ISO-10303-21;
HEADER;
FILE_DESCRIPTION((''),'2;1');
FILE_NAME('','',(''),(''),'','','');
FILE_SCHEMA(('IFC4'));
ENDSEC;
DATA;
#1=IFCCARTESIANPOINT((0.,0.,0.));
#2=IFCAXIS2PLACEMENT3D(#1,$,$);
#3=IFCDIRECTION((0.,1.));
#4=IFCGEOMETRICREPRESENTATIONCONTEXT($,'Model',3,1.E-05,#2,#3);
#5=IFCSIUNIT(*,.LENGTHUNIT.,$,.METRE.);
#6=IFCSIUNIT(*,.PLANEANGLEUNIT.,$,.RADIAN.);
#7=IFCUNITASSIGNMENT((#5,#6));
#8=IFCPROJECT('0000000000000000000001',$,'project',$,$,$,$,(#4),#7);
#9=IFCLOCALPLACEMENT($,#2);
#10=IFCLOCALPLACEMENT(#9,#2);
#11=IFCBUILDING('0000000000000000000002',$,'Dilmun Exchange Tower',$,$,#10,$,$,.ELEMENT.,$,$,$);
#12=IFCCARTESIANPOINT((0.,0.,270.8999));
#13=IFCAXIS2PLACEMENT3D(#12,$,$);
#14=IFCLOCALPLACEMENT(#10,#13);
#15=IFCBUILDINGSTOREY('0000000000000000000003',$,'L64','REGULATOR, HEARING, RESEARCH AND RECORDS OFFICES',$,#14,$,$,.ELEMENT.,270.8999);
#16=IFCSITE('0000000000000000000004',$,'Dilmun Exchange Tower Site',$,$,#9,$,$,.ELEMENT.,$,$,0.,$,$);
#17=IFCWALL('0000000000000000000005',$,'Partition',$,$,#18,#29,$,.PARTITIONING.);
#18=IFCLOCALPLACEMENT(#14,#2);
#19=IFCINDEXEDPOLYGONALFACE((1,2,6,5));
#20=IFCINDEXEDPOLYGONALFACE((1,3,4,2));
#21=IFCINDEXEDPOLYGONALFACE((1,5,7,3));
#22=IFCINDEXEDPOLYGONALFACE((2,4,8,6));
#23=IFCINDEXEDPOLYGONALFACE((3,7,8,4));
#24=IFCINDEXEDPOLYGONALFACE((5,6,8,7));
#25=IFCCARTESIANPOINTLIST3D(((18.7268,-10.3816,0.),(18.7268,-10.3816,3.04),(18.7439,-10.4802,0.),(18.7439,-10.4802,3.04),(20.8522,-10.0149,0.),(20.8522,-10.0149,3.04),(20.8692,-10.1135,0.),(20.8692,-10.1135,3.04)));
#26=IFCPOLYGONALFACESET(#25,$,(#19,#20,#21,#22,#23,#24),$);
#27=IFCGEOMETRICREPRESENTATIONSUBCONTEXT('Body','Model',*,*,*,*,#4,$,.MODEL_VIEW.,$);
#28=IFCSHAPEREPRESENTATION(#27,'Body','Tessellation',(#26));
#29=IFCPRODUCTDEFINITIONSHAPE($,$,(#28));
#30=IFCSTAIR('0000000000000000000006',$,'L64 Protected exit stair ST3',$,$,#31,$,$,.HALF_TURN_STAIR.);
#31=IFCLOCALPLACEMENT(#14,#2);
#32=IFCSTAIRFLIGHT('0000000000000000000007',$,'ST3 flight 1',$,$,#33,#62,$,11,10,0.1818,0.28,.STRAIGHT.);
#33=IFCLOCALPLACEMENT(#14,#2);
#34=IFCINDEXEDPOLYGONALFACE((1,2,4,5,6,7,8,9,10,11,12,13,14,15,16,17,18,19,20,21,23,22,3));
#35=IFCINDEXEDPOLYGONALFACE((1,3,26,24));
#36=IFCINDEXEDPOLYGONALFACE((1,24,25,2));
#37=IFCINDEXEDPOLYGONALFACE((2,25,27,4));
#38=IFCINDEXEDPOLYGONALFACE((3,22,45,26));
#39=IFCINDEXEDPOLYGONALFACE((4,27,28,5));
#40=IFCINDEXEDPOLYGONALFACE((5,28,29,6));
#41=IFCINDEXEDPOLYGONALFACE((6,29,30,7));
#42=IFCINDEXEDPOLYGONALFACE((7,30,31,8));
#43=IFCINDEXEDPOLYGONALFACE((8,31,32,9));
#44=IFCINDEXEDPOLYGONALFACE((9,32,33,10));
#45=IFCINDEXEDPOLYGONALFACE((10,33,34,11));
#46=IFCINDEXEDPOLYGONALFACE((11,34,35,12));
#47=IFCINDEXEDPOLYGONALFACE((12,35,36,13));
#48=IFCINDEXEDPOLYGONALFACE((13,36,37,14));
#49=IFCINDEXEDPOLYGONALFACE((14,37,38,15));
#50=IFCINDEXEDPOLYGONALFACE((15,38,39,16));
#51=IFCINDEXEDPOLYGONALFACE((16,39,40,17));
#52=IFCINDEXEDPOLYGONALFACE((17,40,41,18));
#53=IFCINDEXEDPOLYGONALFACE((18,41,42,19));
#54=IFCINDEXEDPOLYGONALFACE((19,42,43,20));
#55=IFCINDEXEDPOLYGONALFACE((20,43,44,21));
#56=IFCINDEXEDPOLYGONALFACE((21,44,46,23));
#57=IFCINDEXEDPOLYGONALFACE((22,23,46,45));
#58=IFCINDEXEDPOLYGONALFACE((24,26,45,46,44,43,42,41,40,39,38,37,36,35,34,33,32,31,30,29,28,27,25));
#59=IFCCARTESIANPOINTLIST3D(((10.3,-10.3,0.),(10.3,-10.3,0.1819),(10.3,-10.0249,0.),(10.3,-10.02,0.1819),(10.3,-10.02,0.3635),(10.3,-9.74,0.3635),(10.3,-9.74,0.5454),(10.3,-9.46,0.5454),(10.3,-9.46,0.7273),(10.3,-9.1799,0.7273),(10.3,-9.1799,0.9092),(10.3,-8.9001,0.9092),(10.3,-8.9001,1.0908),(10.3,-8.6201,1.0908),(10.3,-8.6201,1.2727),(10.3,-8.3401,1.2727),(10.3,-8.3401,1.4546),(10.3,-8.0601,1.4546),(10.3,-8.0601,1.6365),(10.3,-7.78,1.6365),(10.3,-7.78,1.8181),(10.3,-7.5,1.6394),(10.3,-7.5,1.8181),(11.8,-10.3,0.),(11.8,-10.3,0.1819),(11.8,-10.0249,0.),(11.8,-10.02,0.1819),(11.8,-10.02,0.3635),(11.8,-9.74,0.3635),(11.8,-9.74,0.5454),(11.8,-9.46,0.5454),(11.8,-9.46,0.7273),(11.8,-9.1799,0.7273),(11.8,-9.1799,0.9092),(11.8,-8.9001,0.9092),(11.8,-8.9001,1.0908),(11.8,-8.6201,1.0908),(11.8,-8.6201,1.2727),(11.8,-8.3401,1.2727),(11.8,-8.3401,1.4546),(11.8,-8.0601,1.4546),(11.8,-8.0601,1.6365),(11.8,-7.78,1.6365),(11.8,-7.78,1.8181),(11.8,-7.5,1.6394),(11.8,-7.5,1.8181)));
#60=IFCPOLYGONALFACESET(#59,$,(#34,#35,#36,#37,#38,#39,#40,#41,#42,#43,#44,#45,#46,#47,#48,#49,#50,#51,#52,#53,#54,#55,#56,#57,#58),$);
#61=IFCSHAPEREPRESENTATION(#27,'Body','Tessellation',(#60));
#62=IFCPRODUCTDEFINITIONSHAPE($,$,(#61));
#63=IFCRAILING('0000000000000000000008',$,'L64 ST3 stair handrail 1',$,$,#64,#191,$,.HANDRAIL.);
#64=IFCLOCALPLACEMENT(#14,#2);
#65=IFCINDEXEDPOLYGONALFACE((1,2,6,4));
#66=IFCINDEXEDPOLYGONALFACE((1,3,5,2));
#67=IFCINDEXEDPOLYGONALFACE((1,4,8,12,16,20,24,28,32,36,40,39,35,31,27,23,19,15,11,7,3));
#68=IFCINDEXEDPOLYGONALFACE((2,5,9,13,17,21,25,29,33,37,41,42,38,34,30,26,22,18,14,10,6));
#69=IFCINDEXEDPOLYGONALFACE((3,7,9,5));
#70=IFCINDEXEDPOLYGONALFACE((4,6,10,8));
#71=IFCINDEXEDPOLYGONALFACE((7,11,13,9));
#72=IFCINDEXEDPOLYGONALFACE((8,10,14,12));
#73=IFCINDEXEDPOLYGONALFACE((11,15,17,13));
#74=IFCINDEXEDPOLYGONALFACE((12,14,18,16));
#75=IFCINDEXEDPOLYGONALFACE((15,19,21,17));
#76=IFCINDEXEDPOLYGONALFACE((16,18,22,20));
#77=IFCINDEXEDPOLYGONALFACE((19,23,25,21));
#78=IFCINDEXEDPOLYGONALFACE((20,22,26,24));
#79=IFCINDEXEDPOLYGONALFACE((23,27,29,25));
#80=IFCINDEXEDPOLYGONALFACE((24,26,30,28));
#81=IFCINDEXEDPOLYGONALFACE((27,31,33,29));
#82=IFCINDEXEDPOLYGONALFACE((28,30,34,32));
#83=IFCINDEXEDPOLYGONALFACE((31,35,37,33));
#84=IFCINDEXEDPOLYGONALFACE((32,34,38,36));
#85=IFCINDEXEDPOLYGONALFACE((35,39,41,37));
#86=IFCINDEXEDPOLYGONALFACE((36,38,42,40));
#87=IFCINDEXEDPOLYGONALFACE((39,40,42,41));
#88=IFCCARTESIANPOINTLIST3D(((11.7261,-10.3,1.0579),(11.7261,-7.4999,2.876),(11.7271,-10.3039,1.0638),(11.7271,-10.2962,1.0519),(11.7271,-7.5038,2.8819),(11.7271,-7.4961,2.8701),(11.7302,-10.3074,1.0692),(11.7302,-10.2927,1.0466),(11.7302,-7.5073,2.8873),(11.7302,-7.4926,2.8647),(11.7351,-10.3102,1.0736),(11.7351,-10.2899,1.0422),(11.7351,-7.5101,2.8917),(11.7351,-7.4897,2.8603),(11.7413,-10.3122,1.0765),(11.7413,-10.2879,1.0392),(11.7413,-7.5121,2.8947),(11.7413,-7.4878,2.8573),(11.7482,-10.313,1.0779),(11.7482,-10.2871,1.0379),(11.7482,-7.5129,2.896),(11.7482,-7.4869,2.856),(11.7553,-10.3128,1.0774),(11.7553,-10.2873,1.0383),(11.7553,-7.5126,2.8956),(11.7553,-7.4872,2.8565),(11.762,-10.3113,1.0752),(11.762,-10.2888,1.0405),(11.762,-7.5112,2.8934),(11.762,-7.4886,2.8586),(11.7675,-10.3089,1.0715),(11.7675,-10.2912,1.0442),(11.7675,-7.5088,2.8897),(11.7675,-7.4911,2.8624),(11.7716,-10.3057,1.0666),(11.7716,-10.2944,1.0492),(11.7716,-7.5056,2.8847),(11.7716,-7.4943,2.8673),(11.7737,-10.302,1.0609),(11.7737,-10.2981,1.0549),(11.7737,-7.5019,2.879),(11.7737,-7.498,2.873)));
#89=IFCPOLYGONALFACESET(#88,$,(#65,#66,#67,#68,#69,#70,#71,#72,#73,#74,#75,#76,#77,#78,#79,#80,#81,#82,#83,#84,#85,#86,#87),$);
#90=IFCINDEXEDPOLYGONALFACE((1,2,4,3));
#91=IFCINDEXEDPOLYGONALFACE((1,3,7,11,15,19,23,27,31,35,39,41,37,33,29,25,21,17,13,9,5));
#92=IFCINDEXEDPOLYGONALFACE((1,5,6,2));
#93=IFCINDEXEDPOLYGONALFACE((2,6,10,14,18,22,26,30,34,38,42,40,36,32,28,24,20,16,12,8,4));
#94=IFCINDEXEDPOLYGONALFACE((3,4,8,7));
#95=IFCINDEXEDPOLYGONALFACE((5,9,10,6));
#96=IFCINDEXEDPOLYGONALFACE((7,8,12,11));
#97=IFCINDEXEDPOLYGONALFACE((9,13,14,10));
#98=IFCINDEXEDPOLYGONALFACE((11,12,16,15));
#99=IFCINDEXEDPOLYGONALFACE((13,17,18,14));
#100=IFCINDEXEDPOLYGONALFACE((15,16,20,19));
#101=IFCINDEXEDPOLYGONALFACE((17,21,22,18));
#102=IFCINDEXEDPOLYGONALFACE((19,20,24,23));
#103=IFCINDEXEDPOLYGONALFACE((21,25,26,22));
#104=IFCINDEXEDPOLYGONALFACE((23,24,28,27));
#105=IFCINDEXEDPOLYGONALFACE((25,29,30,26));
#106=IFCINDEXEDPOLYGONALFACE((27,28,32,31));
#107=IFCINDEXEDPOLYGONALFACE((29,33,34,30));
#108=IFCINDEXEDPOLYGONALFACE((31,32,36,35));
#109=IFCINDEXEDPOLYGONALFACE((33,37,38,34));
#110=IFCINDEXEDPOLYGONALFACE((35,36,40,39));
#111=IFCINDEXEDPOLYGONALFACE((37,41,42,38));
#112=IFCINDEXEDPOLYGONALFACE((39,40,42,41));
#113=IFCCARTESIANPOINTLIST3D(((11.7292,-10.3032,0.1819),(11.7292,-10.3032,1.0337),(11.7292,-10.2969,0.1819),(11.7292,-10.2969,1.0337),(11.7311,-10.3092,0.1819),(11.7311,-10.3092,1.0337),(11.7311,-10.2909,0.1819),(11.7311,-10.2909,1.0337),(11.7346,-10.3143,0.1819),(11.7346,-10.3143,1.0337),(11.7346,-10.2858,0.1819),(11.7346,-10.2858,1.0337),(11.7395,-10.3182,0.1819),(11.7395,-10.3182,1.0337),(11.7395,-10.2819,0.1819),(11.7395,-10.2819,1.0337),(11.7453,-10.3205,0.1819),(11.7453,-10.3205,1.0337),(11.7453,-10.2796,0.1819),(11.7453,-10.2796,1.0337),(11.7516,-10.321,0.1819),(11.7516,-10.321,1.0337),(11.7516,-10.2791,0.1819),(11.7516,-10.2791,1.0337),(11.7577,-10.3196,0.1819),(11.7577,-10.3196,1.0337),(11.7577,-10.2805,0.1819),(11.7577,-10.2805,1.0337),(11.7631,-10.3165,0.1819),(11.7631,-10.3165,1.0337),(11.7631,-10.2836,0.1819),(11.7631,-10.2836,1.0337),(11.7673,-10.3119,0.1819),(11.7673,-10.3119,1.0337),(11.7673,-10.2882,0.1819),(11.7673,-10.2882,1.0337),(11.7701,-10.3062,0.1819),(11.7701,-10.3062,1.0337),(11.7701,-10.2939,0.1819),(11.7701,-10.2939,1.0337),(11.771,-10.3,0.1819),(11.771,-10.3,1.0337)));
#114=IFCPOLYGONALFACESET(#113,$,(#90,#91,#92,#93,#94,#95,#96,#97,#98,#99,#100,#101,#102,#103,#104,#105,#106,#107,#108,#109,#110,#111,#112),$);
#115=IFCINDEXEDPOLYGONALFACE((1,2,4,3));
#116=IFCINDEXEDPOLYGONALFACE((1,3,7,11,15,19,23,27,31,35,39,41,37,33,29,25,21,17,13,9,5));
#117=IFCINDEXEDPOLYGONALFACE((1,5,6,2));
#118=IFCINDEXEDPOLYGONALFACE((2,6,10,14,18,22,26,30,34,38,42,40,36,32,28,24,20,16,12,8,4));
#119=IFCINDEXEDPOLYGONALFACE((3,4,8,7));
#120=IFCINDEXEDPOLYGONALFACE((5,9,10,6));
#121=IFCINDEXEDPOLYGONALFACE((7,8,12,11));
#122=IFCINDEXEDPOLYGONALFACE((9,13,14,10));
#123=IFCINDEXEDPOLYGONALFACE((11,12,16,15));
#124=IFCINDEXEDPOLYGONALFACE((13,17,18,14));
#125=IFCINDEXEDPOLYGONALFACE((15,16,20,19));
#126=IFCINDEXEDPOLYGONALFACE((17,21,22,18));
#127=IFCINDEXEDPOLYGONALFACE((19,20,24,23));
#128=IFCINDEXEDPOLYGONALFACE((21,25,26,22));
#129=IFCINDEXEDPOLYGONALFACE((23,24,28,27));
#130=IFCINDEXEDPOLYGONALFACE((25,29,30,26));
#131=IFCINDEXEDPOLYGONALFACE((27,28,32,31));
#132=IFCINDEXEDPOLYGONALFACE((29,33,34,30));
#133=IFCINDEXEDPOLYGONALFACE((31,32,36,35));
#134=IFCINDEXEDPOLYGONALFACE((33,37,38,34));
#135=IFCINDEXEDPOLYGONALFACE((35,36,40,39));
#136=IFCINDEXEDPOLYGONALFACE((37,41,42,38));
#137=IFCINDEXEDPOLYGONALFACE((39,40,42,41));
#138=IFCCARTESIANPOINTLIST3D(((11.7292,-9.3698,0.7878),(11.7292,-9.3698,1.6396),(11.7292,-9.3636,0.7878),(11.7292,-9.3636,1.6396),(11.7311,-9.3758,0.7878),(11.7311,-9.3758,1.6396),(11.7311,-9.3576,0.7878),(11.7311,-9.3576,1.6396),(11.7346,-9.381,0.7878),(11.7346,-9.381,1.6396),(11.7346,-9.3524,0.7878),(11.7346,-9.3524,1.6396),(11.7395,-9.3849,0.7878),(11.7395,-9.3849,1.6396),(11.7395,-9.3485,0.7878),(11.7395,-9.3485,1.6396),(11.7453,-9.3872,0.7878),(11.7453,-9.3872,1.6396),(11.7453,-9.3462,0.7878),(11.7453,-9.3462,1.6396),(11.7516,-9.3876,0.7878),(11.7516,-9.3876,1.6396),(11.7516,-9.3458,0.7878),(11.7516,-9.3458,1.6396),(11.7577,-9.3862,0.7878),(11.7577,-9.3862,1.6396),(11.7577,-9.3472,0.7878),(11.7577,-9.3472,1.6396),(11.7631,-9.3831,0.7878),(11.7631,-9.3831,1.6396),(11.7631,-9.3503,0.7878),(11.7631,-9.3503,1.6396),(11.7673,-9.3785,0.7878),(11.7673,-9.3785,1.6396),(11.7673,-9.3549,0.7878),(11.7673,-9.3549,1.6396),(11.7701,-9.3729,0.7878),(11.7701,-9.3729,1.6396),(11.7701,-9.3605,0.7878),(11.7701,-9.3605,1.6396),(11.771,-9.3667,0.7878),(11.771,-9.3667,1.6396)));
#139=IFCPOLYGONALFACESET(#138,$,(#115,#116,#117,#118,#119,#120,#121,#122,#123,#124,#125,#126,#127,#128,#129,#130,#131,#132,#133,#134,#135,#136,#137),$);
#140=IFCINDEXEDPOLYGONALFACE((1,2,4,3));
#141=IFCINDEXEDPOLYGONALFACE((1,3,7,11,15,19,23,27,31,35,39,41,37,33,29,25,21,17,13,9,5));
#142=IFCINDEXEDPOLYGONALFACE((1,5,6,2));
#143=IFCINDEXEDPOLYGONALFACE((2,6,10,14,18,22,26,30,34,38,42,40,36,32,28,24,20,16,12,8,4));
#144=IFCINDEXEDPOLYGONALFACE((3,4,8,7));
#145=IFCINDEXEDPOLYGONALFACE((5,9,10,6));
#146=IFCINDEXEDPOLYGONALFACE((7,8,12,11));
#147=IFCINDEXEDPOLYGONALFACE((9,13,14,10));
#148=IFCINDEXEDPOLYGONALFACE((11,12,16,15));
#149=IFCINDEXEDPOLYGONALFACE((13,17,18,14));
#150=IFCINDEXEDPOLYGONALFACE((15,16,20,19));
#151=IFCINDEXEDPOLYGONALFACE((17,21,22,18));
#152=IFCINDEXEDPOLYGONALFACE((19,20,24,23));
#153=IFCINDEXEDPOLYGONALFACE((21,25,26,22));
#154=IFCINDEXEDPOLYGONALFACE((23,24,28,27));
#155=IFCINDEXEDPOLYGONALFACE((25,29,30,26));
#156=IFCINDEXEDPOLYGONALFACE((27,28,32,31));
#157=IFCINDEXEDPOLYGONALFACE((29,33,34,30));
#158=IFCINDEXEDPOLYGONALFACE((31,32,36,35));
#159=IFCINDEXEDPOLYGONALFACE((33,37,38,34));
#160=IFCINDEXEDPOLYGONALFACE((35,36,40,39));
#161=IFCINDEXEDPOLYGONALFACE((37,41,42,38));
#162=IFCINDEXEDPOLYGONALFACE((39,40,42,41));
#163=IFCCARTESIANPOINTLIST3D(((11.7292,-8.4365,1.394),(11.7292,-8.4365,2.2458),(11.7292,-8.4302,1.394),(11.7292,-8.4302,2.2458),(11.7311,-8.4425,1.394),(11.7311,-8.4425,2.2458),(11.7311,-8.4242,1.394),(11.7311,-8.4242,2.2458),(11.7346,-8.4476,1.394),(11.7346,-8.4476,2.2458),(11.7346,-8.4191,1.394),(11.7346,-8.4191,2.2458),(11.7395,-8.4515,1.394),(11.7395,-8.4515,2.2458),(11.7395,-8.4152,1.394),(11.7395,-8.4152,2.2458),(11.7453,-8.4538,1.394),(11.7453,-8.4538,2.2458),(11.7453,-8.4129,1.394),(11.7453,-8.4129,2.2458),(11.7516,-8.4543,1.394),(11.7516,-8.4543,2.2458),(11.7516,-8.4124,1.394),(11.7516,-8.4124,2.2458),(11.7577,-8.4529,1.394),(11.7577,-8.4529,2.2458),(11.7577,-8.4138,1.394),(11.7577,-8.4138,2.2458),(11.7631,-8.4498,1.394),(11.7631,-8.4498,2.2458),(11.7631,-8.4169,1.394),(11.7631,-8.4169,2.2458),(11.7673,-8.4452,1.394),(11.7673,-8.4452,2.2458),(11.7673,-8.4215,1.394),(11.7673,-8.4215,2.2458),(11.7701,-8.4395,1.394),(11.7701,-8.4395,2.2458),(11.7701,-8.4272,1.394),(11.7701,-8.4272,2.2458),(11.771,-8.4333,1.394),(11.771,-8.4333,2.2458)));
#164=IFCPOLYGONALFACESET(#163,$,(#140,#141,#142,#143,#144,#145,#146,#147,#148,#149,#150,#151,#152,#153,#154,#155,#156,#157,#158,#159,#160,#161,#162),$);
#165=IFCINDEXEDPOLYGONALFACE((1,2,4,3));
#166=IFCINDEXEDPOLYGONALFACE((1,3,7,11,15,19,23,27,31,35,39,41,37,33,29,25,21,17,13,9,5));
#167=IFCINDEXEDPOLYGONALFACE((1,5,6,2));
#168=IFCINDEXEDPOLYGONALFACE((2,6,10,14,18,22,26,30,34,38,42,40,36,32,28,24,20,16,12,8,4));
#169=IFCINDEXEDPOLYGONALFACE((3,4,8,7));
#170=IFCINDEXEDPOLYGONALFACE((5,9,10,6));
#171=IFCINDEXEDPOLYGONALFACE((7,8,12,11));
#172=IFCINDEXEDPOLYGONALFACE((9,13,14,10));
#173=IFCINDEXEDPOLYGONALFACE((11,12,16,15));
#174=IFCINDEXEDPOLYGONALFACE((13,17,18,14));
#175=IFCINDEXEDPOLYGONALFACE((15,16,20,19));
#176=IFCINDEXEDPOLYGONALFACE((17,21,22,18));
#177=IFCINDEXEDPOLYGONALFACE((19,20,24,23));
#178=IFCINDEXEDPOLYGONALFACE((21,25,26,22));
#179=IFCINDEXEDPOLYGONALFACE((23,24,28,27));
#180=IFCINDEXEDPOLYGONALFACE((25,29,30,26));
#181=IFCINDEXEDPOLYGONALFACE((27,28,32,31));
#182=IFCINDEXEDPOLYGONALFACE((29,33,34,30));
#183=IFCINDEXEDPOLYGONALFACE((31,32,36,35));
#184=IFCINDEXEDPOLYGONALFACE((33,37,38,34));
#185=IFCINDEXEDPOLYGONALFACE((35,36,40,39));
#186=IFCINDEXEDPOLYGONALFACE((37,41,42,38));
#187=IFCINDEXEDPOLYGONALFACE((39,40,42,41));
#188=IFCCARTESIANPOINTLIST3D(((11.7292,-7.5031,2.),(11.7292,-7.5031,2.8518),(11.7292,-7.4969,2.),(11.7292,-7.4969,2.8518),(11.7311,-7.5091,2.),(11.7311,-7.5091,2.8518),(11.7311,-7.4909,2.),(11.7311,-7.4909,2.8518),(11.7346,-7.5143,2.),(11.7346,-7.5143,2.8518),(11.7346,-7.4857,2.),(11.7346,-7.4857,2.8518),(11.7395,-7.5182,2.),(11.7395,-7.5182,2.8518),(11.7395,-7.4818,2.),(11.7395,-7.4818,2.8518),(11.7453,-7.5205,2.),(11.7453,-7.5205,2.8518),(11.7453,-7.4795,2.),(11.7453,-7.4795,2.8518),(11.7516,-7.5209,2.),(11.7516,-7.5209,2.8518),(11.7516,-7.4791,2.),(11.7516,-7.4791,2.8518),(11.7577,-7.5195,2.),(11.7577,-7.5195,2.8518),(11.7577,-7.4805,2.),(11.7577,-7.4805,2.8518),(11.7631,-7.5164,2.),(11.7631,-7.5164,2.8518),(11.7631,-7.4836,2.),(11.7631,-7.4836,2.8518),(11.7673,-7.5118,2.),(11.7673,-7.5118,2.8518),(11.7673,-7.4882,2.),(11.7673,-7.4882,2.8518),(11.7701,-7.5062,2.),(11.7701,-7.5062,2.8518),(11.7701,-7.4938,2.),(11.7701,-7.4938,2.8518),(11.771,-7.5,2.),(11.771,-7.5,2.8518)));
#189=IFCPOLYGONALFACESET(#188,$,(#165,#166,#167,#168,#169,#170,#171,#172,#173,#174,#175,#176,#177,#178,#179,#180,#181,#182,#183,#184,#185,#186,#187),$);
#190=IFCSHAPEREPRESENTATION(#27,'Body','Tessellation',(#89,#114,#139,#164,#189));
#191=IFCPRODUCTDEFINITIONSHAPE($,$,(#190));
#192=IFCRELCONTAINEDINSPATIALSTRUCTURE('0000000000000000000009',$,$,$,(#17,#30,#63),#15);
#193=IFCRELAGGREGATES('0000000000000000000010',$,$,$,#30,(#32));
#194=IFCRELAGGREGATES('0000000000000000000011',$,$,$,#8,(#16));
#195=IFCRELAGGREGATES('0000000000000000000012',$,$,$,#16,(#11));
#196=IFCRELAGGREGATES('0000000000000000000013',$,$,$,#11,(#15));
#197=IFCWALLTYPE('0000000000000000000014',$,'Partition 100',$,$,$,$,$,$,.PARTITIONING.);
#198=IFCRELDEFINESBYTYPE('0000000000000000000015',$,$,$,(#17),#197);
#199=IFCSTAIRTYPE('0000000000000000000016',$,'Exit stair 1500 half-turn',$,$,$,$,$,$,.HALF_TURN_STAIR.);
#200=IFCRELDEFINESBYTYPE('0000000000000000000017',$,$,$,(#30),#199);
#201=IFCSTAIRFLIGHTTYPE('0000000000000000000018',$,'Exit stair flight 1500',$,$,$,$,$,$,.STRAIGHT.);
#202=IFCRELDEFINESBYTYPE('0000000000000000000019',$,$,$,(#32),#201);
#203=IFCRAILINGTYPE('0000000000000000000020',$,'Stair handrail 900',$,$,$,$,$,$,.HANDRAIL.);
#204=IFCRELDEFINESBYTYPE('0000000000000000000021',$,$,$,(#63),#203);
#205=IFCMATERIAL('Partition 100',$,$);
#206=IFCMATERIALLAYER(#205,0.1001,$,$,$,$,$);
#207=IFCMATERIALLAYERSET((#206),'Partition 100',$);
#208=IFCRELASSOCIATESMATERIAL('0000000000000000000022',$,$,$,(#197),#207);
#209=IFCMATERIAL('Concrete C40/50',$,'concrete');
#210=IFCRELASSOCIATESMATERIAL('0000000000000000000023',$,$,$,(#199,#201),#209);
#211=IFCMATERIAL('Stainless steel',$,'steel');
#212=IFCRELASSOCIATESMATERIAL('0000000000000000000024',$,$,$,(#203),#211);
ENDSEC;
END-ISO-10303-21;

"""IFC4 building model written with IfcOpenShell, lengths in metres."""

from ifc_helpers import new_model, si_unit, direction, frame, frame_2d, origin, origin_2d, place, context, subcontext, project, spatial, polyline, rectangle, circle, outline, extrude, material, layer, layer_set, type_object, element, aggregate, save


model = new_model("IFC4")

# Units and contexts
model_context = context("Model", 3, precision=1e-05, world=origin(), true_north=direction((0.0, 1.0)))
body_context = subcontext(model_context, "Body", "Model", "MODEL_VIEW")
ifc_project = project(units=[si_unit("LENGTHUNIT", "METRE"), si_unit("PLANEANGLEUNIT", "RADIAN")], contexts=[model_context])

# Site, building, storey
site_placement = place(None, origin())
site = spatial("IfcSite", under=ifc_project, at=site_placement, Name="Dilmun Exchange Tower Site", CompositionType="ELEMENT", RefElevation=0.0)
building_placement = place(site_placement, origin())
building = spatial("IfcBuilding", under=site, at=building_placement, Name="Dilmun Exchange Tower", CompositionType="ELEMENT")
storey_placement = place(building_placement, frame((0.0, 0.0, 270.8999)))
storey = spatial("IfcBuildingStorey", under=building, at=storey_placement, Name="L64", Description="REGULATOR, HEARING, RESEARCH AND RECORDS OFFICES", CompositionType="ELEMENT", Elevation=270.8999)

# Shared definitions
ifc_material_1 = material(Name="Concrete C40/50", Category="concrete")

# Wall
ifc_material_2 = material(Name="Partition 100")
ifc_layer_1 = layer(ifc_material_2, 0.1001)
ifc_layer_set_1 = layer_set([ifc_layer_1], Name="Partition 100")
wall_type_1 = type_object("IfcWallType", Name="Partition 100", PredefinedType="PARTITIONING", material=ifc_layer_set_1)
wall_1_placement = place(storey_placement, frame((18.7354, -10.4309, 0.0), z_axis=(0.0, 0.0, 1.0), x_axis=(0.985439, 0.170032, 0.0)))
element("IfcWall", 1, at=wall_1_placement, inside=storey, type_object=wall_type_1, Name="Partition", PredefinedType="PARTITIONING", context=body_context, shape_type="SweptSolid", body=[
    extrude(rectangle(XDim=2.1567, YDim=0.1001, at=frame_2d((1.0784, 0.0))), origin(), (0.0, 0.0, 1.0), 3.04),
])

# Stair, stair flight
stair_type = type_object("IfcStairType", Name="Exit stair 1500 half-turn", PredefinedType="HALF_TURN_STAIR", material=ifc_material_1)
stair_placement = place(storey_placement, origin())
stair = element("IfcStair", 2, at=stair_placement, inside=storey, type_object=stair_type, Name="L64 Protected exit stair ST3", PredefinedType="HALF_TURN_STAIR")
stair_flight_type = type_object("IfcStairFlightType", Name="Exit stair flight 1500", PredefinedType="STRAIGHT", material=ifc_material_1)
stair_flight_placement = place(storey_placement, frame((11.05, -10.3, 0.0), z_axis=(0.0, 0.0, 1.0), x_axis=(0.0, 1.0, 0.0)))
stair_flight = element("IfcStairFlight", 3, at=stair_flight_placement, type_object=stair_flight_type, Name="ST3 flight 1", NumberOfRisers=11, NumberOfTreads=10, PredefinedType="STRAIGHT", RiserHeight=0.1818, TreadLength=0.28, context=body_context, shape_type="SweptSolid", body=[
    extrude(outline(polyline([(0.0, 0.0), (0.0, 0.1819), (0.28, 0.1819), (0.28, 0.3635), (0.5601, 0.3635), (0.5601, 0.5454), (0.8401, 0.5454), (0.8401, 0.7273), (1.1201, 0.7273), (1.1201, 0.9092), (1.3999, 0.9092), (1.3999, 1.0908), (1.6799, 1.0908), (1.6799, 1.2727), (1.96, 1.2727), (1.96, 1.4546), (2.24, 1.4546), (2.24, 1.6365), (2.52, 1.6365), (2.52, 1.8181), (2.8, 1.8181), (2.8, 2.0), (2.8, 1.6394), (0.2751, 0.0), (0.0, 0.0)])), frame((0.0, 0.75, 0.0), z_axis=(0.0, -1.0, 0.0), x_axis=(1.0, 0.0, 0.0)), (0.0, 0.0, 1.0), 1.5),
])
aggregate(stair, [stair_flight])

# Railing
ifc_material_3 = material(Name="Stainless steel", Category="steel")
railing_type = type_object("IfcRailingType", Name="Stair handrail 900", PredefinedType="HANDRAIL", material=ifc_material_3)
railing_1_placement = place(storey_placement, frame((11.75, -10.3, 0.1819)))
element("IfcRailing", 4, at=railing_1_placement, inside=storey, type_object=railing_type, Name="L64 ST3 stair handrail 1", PredefinedType="HANDRAIL", context=body_context, shape_type="SweptSolid", body=[
    extrude(circle(Radius=0.0239, at=origin_2d()), frame((0.0, 0.0, 0.876), z_axis=(0.0, 0.838706, 0.544585), x_axis=(-1.0, 0.0, 0.0)), (0.0, 0.0, 1.0), 3.3386),
    extrude(circle(Radius=0.021, at=origin_2d()), origin(), (0.0, 0.0, 1.0), 0.8518),
    extrude(circle(Radius=0.021, at=origin_2d()), frame((0.0, 0.9333, 0.606)), (0.0, 0.0, 1.0), 0.8518),
    extrude(circle(Radius=0.021, at=origin_2d()), frame((0.0, 1.8667, 1.2122)), (0.0, 0.0, 1.0), 0.8518),
    extrude(circle(Radius=0.021, at=origin_2d()), frame((0.0, 2.8, 1.8181)), (0.0, 0.0, 1.0), 0.8518),
])

save(model, "model.ifc")
